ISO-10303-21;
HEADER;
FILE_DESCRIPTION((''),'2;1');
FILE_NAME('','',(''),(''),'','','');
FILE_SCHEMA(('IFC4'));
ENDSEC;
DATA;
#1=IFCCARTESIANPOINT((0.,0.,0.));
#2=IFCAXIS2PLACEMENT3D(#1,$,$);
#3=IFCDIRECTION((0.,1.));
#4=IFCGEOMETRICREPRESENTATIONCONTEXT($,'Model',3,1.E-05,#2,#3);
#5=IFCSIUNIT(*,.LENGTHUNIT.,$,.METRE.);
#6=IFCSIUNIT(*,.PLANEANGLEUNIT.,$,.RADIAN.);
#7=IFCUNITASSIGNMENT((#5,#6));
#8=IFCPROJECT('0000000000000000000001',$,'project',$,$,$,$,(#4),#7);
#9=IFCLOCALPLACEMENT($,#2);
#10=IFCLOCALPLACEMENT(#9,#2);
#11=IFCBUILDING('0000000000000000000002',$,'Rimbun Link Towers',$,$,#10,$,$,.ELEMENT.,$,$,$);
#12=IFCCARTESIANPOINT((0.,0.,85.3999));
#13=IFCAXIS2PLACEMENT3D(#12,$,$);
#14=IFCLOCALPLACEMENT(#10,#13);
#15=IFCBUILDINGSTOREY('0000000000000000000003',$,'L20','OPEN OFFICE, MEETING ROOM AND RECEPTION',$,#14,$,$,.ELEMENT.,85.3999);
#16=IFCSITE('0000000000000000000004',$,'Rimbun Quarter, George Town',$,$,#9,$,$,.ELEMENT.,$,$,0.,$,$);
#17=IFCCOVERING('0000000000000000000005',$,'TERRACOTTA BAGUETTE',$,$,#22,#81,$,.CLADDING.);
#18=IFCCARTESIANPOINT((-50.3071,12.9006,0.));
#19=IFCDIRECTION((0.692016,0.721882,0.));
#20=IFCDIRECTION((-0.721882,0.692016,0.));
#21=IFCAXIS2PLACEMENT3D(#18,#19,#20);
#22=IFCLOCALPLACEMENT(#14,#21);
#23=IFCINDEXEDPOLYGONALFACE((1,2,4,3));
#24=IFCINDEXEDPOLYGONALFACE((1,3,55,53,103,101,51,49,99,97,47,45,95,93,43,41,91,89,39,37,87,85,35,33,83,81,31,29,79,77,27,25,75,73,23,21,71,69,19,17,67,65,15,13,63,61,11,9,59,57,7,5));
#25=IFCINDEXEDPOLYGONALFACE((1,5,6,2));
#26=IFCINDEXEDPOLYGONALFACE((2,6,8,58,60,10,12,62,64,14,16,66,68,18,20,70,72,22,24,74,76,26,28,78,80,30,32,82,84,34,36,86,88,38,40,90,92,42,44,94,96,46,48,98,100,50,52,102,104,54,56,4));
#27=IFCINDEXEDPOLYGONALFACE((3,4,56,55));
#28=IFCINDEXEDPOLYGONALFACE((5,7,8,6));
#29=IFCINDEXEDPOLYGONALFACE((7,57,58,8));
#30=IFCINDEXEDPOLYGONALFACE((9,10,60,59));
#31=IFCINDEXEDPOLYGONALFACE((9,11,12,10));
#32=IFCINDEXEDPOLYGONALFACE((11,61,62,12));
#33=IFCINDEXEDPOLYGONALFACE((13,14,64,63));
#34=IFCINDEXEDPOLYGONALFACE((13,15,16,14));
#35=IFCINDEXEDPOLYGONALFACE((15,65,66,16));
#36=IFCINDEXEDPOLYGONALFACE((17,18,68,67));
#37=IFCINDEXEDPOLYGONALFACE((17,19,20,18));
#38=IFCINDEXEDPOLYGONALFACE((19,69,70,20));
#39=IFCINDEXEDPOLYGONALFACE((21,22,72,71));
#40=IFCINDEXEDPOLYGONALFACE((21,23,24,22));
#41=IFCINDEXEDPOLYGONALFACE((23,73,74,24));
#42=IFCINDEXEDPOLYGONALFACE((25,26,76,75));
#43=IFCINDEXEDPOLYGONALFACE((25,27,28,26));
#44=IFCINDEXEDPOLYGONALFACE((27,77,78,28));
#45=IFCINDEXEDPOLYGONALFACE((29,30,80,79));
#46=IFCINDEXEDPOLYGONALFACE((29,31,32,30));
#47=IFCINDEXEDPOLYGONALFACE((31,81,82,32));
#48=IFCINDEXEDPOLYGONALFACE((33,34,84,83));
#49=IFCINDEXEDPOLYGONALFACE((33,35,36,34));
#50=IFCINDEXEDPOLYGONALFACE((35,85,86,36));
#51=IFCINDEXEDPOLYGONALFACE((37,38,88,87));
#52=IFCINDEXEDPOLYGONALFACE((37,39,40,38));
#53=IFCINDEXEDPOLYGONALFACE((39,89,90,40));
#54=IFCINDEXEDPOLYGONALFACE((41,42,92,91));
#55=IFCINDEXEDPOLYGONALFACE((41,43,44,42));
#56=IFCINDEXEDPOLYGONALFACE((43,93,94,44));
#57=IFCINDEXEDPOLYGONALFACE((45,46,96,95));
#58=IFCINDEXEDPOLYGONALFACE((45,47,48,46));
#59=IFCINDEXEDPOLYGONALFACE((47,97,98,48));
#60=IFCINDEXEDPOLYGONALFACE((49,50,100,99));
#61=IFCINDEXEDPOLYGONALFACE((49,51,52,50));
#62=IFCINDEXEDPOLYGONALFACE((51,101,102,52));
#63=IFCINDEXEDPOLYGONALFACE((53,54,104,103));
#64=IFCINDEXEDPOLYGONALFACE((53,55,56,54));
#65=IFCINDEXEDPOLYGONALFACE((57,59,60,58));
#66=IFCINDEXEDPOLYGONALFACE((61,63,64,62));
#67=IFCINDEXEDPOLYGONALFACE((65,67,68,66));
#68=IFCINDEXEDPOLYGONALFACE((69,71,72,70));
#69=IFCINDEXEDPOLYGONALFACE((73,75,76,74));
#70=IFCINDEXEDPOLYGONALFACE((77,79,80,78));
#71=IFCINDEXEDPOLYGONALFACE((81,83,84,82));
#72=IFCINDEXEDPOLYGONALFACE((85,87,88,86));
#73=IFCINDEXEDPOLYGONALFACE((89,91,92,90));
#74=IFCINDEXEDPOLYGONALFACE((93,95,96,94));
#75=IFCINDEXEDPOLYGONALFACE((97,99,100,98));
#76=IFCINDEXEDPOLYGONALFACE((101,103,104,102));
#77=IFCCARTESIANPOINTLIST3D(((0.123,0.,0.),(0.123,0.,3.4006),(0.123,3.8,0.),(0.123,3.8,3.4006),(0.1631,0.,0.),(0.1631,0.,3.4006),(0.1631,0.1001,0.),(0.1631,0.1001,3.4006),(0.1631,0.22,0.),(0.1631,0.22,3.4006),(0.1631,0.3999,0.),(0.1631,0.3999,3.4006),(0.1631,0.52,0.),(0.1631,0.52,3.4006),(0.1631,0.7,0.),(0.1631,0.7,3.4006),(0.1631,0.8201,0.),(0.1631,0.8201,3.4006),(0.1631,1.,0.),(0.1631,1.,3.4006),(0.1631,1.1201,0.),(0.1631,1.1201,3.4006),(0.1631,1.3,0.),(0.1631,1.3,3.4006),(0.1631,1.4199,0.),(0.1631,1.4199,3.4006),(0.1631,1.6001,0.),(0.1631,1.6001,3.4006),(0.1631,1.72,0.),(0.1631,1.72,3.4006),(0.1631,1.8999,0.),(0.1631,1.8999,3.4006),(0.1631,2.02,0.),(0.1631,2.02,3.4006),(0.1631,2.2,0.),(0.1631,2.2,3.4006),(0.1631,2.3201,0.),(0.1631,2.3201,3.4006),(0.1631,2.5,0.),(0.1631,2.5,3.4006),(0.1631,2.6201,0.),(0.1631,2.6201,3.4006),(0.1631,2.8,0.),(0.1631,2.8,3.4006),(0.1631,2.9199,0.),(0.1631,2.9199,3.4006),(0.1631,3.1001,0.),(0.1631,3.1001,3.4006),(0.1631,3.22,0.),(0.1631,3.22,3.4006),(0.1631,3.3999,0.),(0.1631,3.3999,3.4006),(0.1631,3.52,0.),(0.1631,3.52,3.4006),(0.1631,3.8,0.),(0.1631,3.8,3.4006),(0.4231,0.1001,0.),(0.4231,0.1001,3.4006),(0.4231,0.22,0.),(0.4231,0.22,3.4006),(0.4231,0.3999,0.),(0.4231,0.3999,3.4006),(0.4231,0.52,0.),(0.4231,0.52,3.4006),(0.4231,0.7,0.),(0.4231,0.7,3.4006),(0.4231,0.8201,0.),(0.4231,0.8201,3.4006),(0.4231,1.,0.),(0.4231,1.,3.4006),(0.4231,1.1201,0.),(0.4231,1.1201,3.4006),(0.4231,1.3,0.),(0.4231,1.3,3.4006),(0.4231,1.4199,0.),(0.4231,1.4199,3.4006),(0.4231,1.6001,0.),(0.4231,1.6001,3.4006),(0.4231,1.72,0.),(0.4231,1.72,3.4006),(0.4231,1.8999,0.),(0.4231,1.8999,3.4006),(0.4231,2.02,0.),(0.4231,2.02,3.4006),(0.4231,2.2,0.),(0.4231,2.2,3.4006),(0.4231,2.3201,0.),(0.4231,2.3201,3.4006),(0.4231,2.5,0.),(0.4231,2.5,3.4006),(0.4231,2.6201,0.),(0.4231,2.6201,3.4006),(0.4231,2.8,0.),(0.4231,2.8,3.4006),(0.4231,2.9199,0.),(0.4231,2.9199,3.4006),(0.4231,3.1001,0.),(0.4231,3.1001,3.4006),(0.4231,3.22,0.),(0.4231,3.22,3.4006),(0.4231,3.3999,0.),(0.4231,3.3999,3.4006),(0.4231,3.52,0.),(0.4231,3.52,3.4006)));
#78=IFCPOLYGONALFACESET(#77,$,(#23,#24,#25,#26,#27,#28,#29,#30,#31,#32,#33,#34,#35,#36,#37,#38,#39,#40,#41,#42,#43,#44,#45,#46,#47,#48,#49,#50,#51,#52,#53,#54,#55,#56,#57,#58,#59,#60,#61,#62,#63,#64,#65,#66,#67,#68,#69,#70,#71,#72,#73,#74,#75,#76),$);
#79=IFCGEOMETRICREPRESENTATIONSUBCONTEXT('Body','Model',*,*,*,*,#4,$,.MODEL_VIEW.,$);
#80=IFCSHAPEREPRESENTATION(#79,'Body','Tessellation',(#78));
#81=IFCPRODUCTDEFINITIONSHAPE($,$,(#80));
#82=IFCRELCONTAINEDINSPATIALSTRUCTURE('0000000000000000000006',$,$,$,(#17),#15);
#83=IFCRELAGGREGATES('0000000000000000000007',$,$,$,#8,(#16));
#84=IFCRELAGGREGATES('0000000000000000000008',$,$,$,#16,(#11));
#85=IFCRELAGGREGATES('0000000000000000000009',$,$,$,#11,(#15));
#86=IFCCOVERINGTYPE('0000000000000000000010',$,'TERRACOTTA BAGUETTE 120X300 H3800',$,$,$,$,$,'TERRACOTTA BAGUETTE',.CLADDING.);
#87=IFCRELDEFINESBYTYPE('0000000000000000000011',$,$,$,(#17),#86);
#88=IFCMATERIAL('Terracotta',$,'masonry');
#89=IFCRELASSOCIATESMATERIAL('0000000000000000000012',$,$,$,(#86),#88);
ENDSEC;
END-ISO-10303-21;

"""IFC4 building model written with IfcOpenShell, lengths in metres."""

from ifc_helpers import new_model, si_unit, direction, frame, origin, place, context, subcontext, project, spatial, polyline, outline, extrude, material, material_profile, profile_set, type_object, element, save


model = new_model("IFC4")

# Units and contexts
model_context = context("Model", 3, precision=1e-05, world=origin(), true_north=direction((0.0, 1.0)))
body_context = subcontext(model_context, "Body", "Model", "MODEL_VIEW")
ifc_project = project(units=[si_unit("LENGTHUNIT", "METRE"), si_unit("PLANEANGLEUNIT", "RADIAN")], contexts=[model_context])

# Site, building, storey
site_placement = place(None, origin())
site = spatial("IfcSite", under=ifc_project, at=site_placement, Name="Rimbun Quarter, George Town", CompositionType="ELEMENT", RefElevation=0.0)
building_placement = place(site_placement, origin())
building = spatial("IfcBuilding", under=site, at=building_placement, Name="Rimbun Link Towers", CompositionType="ELEMENT")
storey_placement = place(building_placement, frame((0.0, 0.0, 85.3999)))
storey = spatial("IfcBuildingStorey", under=building, at=storey_placement, Name="L20", Description="OPEN OFFICE, MEETING ROOM AND RECEPTION", CompositionType="ELEMENT", Elevation=85.3999)

# Covering
ifc_material_1 = material(Name="Terracotta", Category="masonry")
ifc_material_profile_1 = material_profile(ifc_material_1, outline(polyline([(0.123, 0.0), (0.1631, 0.0), (0.1631, 0.1001), (0.4231, 0.1001), (0.4231, 0.22), (0.1631, 0.22), (0.1631, 0.3999), (0.4231, 0.3999), (0.4231, 0.52), (0.1631, 0.52), (0.1631, 0.7), (0.4231, 0.7), (0.4231, 0.8201), (0.1631, 0.8201), (0.1631, 1.0), (0.4231, 1.0), (0.4231, 1.1201), (0.1631, 1.1201), (0.1631, 1.3), (0.4231, 1.3), (0.4231, 1.4199), (0.1631, 1.4199), (0.1631, 1.6001), (0.4231, 1.6001), (0.4231, 1.72), (0.1631, 1.72), (0.1631, 1.8999), (0.4231, 1.8999), (0.4231, 2.02), (0.1631, 2.02), (0.1631, 2.2), (0.4231, 2.2), (0.4231, 2.3201), (0.1631, 2.3201), (0.1631, 2.5), (0.4231, 2.5), (0.4231, 2.6201), (0.1631, 2.6201), (0.1631, 2.8), (0.4231, 2.8), (0.4231, 2.9199), (0.1631, 2.9199), (0.1631, 3.1001), (0.4231, 3.1001), (0.4231, 3.22), (0.1631, 3.22), (0.1631, 3.3999), (0.4231, 3.3999), (0.4231, 3.52), (0.1631, 3.52), (0.1631, 3.8), (0.123, 3.8), (0.123, 0.0)])), Name="BAGUETTE 120X300")
ifc_profile_set_1 = profile_set([ifc_material_profile_1], Name="Terracotta")
covering_type = type_object("IfcCoveringType", Name="TERRACOTTA BAGUETTE 120X300 H3800", ElementType="TERRACOTTA BAGUETTE", PredefinedType="CLADDING", material=ifc_profile_set_1)
covering_1_placement = place(storey_placement, frame((-50.3071, 12.9006, 0.0), z_axis=(0.692016, 0.721882, 0.0), x_axis=(-0.721882, 0.692016, 0.0)))
element("IfcCovering", 1, at=covering_1_placement, inside=storey, type_object=covering_type, Name="TERRACOTTA BAGUETTE", PredefinedType="CLADDING", context=body_context, shape_type="SweptSolid", body=[
    extrude(outline(polyline([(0.123, 0.0), (0.1631, 0.0), (0.1631, 0.1001), (0.4231, 0.1001), (0.4231, 0.22), (0.1631, 0.22), (0.1631, 0.3999), (0.4231, 0.3999), (0.4231, 0.52), (0.1631, 0.52), (0.1631, 0.7), (0.4231, 0.7), (0.4231, 0.8201), (0.1631, 0.8201), (0.1631, 1.0), (0.4231, 1.0), (0.4231, 1.1201), (0.1631, 1.1201), (0.1631, 1.3), (0.4231, 1.3), (0.4231, 1.4199), (0.1631, 1.4199), (0.1631, 1.6001), (0.4231, 1.6001), (0.4231, 1.72), (0.1631, 1.72), (0.1631, 1.8999), (0.4231, 1.8999), (0.4231, 2.02), (0.1631, 2.02), (0.1631, 2.2), (0.4231, 2.2), (0.4231, 2.3201), (0.1631, 2.3201), (0.1631, 2.5), (0.4231, 2.5), (0.4231, 2.6201), (0.1631, 2.6201), (0.1631, 2.8), (0.4231, 2.8), (0.4231, 2.9199), (0.1631, 2.9199), (0.1631, 3.1001), (0.4231, 3.1001), (0.4231, 3.22), (0.1631, 3.22), (0.1631, 3.3999), (0.4231, 3.3999), (0.4231, 3.52), (0.1631, 3.52), (0.1631, 3.8), (0.123, 3.8), (0.123, 0.0)])), origin(), (0.0, 0.0, 1.0), 3.4006),
])

save(model, "model.ifc")
